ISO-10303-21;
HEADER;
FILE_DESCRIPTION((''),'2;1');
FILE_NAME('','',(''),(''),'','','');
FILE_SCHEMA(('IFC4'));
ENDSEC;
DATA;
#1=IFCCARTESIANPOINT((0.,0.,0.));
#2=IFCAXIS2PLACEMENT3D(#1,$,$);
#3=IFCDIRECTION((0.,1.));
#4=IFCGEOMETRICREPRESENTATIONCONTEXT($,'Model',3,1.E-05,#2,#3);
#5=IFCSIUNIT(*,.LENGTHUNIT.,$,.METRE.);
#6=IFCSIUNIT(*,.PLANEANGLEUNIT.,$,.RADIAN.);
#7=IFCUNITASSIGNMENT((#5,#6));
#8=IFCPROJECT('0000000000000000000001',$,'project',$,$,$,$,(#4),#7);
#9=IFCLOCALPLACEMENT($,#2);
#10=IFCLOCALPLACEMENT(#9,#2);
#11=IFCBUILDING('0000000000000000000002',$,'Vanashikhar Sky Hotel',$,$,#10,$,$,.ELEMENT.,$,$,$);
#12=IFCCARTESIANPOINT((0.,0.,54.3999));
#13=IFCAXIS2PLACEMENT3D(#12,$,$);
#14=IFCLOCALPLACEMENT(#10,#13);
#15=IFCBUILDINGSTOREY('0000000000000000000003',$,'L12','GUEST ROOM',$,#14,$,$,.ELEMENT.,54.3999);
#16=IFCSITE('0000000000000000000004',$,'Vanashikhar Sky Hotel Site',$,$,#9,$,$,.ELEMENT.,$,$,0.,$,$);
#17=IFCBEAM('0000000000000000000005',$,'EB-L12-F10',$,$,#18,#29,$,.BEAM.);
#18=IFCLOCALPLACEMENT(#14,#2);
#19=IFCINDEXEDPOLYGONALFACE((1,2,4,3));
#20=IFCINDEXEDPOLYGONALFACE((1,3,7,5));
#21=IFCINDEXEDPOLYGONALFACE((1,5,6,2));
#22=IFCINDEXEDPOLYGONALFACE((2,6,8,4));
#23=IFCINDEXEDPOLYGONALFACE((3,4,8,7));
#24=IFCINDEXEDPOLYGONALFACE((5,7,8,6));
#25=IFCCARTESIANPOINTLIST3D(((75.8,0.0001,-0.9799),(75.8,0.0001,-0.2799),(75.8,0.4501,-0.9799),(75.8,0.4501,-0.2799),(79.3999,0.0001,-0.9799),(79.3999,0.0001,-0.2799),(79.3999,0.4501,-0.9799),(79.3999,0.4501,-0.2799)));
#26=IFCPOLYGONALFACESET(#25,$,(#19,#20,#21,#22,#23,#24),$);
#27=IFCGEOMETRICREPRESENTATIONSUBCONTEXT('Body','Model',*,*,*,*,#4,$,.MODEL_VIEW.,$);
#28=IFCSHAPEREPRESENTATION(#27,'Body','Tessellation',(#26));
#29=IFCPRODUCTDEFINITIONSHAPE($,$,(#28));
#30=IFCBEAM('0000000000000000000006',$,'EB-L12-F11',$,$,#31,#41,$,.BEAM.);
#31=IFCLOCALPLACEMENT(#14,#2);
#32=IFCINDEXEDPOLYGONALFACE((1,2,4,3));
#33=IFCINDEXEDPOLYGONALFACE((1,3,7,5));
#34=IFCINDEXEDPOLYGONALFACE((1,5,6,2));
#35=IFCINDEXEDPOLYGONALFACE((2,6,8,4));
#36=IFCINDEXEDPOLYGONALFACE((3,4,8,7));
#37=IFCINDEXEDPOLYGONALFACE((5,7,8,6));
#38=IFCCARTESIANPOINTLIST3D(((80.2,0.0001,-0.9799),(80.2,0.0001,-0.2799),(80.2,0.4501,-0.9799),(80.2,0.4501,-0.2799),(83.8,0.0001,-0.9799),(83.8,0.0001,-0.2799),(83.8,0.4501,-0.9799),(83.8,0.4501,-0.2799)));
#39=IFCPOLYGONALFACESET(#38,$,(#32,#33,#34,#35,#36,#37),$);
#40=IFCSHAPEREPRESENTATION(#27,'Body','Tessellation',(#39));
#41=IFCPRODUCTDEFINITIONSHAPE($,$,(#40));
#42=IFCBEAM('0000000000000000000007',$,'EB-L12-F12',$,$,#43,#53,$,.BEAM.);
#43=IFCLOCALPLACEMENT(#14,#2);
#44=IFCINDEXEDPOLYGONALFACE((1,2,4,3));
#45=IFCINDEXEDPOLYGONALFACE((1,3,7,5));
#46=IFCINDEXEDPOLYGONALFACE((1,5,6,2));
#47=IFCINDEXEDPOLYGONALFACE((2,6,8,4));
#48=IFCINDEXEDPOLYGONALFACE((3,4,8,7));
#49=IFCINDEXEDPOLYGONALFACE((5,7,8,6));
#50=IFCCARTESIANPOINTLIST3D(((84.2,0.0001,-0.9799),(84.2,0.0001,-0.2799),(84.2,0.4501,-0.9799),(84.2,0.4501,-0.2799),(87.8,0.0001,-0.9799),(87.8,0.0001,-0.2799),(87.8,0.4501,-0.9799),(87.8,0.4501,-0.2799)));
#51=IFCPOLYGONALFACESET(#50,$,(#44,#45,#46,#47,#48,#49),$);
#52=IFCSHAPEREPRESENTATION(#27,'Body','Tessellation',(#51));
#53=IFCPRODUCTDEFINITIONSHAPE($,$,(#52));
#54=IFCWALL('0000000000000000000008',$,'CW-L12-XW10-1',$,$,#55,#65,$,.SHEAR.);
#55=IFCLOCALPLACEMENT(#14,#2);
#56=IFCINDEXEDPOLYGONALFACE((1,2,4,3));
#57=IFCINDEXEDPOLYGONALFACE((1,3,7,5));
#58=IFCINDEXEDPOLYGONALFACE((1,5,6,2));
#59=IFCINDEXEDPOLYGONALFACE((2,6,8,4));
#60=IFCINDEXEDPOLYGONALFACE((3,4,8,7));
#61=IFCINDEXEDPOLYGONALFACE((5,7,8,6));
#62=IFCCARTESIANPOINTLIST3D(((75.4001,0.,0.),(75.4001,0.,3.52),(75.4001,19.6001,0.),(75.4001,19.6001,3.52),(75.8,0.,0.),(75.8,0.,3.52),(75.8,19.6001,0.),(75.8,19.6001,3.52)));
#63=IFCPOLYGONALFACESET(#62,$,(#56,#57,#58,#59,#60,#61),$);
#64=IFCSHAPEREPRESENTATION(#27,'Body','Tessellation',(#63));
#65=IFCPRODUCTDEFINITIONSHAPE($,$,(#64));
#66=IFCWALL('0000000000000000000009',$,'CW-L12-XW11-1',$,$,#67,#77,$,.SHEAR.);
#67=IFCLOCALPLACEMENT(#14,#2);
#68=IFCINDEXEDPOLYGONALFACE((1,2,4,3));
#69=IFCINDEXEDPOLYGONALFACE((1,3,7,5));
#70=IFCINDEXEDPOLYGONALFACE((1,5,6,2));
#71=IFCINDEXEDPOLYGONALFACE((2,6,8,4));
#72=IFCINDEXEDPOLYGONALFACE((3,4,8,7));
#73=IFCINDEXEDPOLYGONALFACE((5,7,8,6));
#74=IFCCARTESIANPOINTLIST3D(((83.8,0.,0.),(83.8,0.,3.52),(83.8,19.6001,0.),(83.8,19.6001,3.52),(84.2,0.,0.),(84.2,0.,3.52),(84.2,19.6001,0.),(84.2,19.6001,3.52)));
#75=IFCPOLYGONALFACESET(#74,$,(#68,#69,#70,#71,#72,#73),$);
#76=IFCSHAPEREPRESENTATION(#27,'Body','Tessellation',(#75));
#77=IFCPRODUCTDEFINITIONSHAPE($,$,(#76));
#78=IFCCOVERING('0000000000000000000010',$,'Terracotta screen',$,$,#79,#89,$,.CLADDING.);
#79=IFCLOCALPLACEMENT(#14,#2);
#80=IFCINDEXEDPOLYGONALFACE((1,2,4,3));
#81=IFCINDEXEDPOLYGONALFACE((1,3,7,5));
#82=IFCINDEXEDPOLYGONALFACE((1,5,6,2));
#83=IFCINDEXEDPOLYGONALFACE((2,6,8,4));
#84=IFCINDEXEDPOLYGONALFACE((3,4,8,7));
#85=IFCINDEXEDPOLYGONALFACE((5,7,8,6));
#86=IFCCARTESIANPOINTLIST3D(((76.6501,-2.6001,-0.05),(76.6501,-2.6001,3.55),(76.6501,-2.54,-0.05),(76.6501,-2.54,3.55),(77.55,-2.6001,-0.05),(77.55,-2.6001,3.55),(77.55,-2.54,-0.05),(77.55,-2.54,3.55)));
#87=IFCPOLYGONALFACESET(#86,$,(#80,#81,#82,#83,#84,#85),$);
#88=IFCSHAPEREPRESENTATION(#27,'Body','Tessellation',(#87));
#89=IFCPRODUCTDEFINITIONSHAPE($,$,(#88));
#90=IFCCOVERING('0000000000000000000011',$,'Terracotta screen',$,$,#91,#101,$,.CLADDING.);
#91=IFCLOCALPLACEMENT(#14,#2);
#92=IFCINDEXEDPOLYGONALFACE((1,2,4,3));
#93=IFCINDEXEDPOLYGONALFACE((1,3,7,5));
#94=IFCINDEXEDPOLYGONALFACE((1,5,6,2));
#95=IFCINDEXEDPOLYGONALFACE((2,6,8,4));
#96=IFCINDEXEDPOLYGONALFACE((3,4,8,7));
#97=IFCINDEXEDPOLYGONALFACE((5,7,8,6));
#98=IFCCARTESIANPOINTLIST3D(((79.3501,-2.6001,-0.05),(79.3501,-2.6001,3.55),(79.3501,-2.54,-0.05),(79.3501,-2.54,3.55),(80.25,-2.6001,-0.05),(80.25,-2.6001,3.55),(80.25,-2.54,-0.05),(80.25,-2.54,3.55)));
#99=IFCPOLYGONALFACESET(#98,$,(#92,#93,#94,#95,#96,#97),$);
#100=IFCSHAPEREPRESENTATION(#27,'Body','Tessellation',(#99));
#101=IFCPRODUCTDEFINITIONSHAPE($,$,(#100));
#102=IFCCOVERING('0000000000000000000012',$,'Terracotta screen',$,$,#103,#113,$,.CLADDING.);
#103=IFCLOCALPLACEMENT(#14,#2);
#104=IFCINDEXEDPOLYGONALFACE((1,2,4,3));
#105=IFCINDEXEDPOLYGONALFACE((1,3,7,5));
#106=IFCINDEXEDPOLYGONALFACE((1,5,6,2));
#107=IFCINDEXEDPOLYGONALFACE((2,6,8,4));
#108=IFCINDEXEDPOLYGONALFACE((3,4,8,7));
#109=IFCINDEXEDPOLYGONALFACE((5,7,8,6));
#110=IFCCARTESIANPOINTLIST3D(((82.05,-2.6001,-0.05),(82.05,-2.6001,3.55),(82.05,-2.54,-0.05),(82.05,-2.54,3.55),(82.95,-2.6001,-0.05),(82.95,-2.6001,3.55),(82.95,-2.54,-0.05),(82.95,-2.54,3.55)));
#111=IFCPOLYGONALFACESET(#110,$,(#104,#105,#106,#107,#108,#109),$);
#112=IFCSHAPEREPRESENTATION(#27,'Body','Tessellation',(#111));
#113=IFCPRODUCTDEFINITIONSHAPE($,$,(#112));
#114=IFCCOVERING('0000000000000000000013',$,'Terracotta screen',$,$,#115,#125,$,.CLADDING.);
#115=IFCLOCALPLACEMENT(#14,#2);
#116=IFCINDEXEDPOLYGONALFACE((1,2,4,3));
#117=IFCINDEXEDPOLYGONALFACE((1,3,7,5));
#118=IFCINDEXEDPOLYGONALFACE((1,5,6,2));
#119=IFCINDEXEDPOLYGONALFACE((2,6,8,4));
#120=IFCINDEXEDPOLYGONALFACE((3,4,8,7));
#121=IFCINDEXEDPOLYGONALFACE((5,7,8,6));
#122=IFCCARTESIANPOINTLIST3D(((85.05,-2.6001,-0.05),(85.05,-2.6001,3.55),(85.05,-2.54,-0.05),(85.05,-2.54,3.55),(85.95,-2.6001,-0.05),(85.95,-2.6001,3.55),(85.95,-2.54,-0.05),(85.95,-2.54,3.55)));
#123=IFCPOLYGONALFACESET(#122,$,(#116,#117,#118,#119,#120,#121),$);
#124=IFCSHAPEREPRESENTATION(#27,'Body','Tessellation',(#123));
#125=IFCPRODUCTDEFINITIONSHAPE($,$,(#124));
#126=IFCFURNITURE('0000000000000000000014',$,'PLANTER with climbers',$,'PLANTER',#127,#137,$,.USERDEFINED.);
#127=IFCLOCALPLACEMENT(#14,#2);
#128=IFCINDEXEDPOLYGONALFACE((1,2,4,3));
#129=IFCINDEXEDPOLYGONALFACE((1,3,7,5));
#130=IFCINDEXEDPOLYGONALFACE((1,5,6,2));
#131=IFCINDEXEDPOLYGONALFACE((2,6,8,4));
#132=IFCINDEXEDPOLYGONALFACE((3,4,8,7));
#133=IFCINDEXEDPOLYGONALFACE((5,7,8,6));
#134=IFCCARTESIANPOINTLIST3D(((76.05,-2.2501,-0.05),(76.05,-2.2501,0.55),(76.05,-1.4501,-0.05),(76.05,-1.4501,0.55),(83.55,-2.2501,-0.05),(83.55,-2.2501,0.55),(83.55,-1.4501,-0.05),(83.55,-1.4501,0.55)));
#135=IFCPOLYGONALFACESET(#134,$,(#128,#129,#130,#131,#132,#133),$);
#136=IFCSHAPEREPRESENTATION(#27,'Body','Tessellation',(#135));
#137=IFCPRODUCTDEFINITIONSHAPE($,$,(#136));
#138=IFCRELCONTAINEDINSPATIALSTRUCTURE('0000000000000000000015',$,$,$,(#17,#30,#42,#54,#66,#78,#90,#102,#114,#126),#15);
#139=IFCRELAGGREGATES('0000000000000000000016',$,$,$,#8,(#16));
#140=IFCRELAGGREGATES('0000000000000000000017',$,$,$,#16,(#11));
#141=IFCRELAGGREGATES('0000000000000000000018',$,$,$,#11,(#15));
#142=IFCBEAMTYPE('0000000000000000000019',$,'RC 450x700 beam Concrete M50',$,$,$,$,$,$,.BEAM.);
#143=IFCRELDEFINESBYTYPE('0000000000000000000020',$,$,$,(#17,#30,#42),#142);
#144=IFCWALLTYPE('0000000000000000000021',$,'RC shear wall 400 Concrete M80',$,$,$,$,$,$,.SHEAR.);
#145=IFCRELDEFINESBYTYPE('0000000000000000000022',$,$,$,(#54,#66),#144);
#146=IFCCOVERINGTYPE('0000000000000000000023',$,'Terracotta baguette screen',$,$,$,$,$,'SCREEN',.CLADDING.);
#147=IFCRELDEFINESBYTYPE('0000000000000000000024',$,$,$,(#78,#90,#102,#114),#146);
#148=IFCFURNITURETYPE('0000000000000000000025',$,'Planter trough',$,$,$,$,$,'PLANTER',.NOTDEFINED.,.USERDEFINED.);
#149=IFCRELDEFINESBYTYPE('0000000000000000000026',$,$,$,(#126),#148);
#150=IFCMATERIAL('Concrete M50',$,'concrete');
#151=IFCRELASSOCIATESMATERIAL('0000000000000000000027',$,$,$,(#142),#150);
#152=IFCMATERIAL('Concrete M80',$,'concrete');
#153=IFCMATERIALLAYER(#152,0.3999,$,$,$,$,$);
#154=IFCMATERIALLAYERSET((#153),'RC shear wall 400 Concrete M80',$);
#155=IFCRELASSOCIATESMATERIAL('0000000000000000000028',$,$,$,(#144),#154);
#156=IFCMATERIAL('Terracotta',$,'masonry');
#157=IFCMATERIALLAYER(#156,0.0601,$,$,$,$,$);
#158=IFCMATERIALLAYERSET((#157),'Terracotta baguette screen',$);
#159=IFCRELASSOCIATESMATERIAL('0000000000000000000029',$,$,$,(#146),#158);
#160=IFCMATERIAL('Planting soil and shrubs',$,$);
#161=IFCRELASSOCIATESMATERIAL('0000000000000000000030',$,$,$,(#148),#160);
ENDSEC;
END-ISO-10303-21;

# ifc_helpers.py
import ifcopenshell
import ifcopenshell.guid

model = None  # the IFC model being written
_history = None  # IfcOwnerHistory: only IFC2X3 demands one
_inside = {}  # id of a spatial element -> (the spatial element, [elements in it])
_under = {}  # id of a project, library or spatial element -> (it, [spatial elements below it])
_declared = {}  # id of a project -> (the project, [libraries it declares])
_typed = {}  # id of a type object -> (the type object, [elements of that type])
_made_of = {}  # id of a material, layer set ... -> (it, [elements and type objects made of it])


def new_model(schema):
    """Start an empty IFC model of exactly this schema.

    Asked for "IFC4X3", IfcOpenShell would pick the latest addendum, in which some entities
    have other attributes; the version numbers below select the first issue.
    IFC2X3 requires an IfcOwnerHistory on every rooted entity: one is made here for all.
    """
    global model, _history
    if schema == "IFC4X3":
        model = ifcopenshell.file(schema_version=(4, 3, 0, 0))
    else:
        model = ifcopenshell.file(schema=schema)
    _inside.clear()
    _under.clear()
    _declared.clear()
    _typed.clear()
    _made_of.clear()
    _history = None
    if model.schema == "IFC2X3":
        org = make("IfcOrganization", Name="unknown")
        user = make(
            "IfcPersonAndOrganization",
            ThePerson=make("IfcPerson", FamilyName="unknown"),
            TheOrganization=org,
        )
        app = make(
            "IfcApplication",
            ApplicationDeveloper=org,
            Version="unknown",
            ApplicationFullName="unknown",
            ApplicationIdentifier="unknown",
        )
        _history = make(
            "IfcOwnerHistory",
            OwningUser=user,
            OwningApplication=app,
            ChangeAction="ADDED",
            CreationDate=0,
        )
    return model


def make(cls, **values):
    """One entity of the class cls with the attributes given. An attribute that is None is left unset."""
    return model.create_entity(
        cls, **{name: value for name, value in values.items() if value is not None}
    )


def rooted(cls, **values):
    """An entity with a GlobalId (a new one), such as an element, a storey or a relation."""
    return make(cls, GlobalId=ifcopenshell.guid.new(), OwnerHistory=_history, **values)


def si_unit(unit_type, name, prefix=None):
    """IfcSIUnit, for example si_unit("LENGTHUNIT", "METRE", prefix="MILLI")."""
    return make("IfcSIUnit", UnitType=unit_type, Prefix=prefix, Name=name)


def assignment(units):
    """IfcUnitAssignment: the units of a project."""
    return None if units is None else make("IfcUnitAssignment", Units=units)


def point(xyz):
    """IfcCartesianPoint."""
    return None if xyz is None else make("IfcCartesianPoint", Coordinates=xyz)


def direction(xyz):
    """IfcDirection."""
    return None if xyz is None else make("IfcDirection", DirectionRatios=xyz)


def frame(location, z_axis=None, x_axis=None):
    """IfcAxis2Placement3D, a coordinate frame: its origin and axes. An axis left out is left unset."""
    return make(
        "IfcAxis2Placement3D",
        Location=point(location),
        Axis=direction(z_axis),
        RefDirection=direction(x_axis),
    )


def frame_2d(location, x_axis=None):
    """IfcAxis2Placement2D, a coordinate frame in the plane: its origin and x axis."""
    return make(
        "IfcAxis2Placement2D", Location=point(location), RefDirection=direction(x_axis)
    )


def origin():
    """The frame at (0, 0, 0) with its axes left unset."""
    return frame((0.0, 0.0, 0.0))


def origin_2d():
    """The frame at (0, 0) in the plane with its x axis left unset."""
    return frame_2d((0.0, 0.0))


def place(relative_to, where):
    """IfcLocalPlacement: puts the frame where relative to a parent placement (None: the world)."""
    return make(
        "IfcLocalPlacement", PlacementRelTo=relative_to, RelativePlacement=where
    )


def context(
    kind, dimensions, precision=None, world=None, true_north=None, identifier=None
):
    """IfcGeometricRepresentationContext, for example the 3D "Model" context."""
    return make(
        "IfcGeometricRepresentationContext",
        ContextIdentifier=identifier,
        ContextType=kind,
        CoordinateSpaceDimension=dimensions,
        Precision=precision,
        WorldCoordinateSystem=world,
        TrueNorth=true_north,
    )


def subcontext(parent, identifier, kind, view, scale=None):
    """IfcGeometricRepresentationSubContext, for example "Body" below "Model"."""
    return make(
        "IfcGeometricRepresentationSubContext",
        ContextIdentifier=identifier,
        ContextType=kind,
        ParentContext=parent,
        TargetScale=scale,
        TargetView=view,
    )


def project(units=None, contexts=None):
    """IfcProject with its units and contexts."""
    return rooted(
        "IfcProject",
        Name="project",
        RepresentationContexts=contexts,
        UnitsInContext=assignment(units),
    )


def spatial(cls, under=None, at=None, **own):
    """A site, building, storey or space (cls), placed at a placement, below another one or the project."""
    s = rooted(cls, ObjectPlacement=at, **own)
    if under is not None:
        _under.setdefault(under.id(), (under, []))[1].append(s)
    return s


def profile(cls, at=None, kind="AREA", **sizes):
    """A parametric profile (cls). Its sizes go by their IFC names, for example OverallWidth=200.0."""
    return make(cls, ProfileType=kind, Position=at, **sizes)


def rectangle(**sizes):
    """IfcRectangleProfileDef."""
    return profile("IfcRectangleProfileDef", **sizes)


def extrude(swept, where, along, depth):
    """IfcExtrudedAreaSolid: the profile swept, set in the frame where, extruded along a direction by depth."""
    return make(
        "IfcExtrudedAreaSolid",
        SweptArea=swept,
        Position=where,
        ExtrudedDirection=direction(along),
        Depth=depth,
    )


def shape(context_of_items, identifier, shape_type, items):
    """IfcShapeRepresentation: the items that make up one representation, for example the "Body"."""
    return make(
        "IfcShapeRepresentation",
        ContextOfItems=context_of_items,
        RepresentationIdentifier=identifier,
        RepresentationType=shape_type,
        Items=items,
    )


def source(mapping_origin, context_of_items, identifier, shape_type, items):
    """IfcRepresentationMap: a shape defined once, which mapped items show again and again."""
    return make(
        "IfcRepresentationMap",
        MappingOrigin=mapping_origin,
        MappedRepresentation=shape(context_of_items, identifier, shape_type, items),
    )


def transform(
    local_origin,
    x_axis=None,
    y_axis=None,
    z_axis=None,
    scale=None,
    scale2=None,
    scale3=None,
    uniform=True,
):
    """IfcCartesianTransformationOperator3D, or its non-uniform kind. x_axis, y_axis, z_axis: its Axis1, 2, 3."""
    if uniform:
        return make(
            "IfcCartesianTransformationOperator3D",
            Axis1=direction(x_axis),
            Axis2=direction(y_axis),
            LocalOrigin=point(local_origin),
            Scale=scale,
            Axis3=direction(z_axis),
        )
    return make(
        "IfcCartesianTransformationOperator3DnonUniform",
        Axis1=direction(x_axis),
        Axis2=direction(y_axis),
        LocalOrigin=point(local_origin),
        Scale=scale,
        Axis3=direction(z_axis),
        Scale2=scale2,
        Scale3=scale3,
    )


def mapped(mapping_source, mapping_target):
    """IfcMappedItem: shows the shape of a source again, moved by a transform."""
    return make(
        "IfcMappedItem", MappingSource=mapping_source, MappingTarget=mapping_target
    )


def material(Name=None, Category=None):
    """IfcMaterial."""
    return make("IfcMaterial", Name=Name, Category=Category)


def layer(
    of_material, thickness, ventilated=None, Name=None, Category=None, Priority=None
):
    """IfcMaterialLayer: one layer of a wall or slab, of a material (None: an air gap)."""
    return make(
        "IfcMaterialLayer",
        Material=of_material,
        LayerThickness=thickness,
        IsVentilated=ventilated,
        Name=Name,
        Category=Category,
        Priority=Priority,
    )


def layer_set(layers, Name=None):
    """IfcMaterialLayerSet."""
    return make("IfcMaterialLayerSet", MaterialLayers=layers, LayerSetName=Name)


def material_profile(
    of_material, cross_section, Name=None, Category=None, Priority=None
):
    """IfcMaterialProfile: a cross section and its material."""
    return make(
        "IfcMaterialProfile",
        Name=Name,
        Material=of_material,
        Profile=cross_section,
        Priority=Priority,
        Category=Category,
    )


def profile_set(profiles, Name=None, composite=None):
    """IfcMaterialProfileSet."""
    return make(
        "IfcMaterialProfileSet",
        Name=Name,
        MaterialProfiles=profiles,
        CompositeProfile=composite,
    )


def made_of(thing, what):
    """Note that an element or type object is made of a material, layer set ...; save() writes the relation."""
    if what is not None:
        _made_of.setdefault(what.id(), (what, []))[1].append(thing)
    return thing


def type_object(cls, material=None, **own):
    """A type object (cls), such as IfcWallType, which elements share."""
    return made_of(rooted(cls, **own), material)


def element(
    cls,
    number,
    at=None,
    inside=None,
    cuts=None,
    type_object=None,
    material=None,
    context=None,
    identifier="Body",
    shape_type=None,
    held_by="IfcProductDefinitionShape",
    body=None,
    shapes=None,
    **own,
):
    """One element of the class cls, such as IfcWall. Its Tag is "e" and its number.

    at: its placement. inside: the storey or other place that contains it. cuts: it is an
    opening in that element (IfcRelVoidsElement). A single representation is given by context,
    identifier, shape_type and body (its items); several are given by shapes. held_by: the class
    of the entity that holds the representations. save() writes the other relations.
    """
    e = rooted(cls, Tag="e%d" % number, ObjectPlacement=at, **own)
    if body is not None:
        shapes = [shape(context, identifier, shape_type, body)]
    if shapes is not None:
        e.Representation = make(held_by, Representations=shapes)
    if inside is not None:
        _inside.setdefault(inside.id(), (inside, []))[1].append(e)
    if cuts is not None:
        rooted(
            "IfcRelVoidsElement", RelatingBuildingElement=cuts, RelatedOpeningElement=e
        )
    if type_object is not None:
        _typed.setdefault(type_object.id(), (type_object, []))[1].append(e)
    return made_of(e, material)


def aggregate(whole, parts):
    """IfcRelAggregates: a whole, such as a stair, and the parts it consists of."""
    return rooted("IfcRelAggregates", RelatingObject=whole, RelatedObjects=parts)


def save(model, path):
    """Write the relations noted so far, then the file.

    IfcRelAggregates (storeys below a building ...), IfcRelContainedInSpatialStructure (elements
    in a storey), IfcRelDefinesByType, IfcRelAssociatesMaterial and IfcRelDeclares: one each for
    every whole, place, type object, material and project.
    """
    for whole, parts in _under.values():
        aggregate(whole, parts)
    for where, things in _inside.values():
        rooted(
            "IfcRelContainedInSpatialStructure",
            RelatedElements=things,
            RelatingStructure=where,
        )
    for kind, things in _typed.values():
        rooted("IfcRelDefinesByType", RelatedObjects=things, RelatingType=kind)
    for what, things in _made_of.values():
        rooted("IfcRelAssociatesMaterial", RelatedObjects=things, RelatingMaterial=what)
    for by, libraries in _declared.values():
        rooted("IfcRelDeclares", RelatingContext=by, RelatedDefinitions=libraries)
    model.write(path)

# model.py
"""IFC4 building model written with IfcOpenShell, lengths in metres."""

from ifc_helpers import new_model, si_unit, direction, frame, frame_2d, origin, origin_2d, place, context, subcontext, project, spatial, rectangle, extrude, source, transform, mapped, material, layer, layer_set, material_profile, profile_set, type_object, element, save


model = new_model("IFC4")

# Units and contexts
model_context = context("Model", 3, precision=1e-05, world=origin(), true_north=direction((0.0, 1.0)))
body_context = subcontext(model_context, "Body", "Model", "MODEL_VIEW")
ifc_project = project(units=[si_unit("LENGTHUNIT", "METRE"), si_unit("PLANEANGLEUNIT", "RADIAN")], contexts=[model_context])

# Site, building, storey
site_placement = place(None, origin())
site = spatial("IfcSite", under=ifc_project, at=site_placement, Name="Vanashikhar Sky Hotel Site", CompositionType="ELEMENT", RefElevation=0.0)
building_placement = place(site_placement, origin())
building = spatial("IfcBuilding", under=site, at=building_placement, Name="Vanashikhar Sky Hotel", CompositionType="ELEMENT")
storey_placement = place(building_placement, frame((0.0, 0.0, 54.3999)))
storey = spatial("IfcBuildingStorey", under=building, at=storey_placement, Name="L12", Description="GUEST ROOM", CompositionType="ELEMENT", Elevation=54.3999)

# Beams
ifc_material_1 = material(Name="Concrete M50", Category="concrete")
ifc_material_profile = material_profile(ifc_material_1, rectangle(XDim=0.45, YDim=0.7, at=origin_2d()))
ifc_profile_set = profile_set([ifc_material_profile], Name="RC 450x700 beam Concrete M50")
beam_type = type_object("IfcBeamType", Name="RC 450x700 beam Concrete M50", PredefinedType="BEAM", material=ifc_profile_set)
shared_shape_1 = source(origin(), body_context, "Body", "SweptSolid", [
    extrude(rectangle(XDim=0.45, YDim=0.7, at=origin_2d()), origin(), (0.0, 0.0, 1.0), 3.5999),
])
beam_placement = place(storey_placement, frame((75.8, 0.2251, -0.6299), z_axis=(1.0, 0.0, 0.0), x_axis=(0.0, 1.0, 0.0)))
element("IfcBeam", 1, at=beam_placement, inside=storey, type_object=beam_type, Name="EB-L12-F10", PredefinedType="BEAM", context=body_context, shape_type="MappedRepresentation", body=[
    mapped(shared_shape_1, transform((0.0, 0.0, 0.0), scale=1.0)),
])
shared_shape_2 = source(origin(), body_context, "Body", "SweptSolid", [
    extrude(rectangle(XDim=0.45, YDim=0.7, at=origin_2d()), origin(), (0.0, 0.0, 1.0), 3.6001),
])
for number, where, z_axis, x_axis, name in (
    (2, (80.2, 0.2251, -0.6299), (1.0, 0.0, 0.0), (0.0, 1.0, 0.0), "EB-L12-F11"),
    (3, (84.2, 0.2251, -0.6299), (1.0, 0.0, 0.0), (0.0, 1.0, 0.0), "EB-L12-F12"),
):
    element("IfcBeam", number, at=place(storey_placement, frame(where, z_axis=z_axis, x_axis=x_axis)), inside=storey, type_object=beam_type, Name=name, PredefinedType="BEAM", context=body_context, shape_type="MappedRepresentation", body=[
        mapped(shared_shape_2, transform((0.0, 0.0, 0.0), scale=1.0)),
    ])

# Walls
ifc_material_2 = material(Name="Concrete M80", Category="concrete")
ifc_layer_1 = layer(ifc_material_2, 0.3999)
ifc_layer_set_1 = layer_set([ifc_layer_1], Name="RC shear wall 400 Concrete M80")
wall_type_1 = type_object("IfcWallType", Name="RC shear wall 400 Concrete M80", PredefinedType="SHEAR", material=ifc_layer_set_1)
shared_shape_3 = source(origin(), body_context, "Body", "SweptSolid", [
    extrude(rectangle(XDim=19.6001, YDim=0.3999, at=frame_2d((9.8, 0.0))), origin(), (0.0, 0.0, 1.0), 3.52),
])
for number, where, z_axis, x_axis, name in (
    (4, (75.6001, 0.0, 0.0), (0.0, 0.0, 1.0), (0.0, 1.0, 0.0), "CW-L12-XW10-1"),
    (5, (84.0, 0.0, 0.0), (0.0, 0.0, 1.0), (0.0, 1.0, 0.0), "CW-L12-XW11-1"),
):
    element("IfcWall", number, at=place(storey_placement, frame(where, z_axis=z_axis, x_axis=x_axis)), inside=storey, type_object=wall_type_1, Name=name, PredefinedType="SHEAR", context=body_context, shape_type="MappedRepresentation", body=[
        mapped(shared_shape_3, transform((0.0, 0.0, 0.0), scale=1.0)),
    ])

# Coverings
ifc_material_3 = material(Name="Terracotta", Category="masonry")
ifc_layer_2 = layer(ifc_material_3, 0.0601)
ifc_layer_set_2 = layer_set([ifc_layer_2], Name="Terracotta baguette screen")
covering_type = type_object("IfcCoveringType", Name="Terracotta baguette screen", ElementType="SCREEN", PredefinedType="CLADDING", material=ifc_layer_set_2)
shared_shape_4 = source(origin(), body_context, "Body", "SweptSolid", [
    extrude(rectangle(XDim=0.8999, YDim=0.0601, at=origin_2d()), origin(), (0.0, 0.0, 1.0), 3.6001),
])
for number, where, z_axis, x_axis, name in (
    (6, (77.1001, -2.5701, -0.05), (0.0, 0.0, 1.0), (1.0, 0.0, 0.0), "Terracotta screen"),
    (7, (79.8, -2.5701, -0.05), (0.0, 0.0, 1.0), (1.0, 0.0, 0.0), "Terracotta screen"),
    (8, (82.5, -2.5701, -0.05), (0.0, 0.0, 1.0), (1.0, 0.0, 0.0), "Terracotta screen"),
    (9, (85.5, -2.5701, -0.05), (0.0, 0.0, 1.0), (1.0, 0.0, 0.0), "Terracotta screen"),
):
    element("IfcCovering", number, at=place(storey_placement, frame(where, z_axis=z_axis, x_axis=x_axis)), inside=storey, type_object=covering_type, Name=name, PredefinedType="CLADDING", context=body_context, shape_type="MappedRepresentation", body=[
        mapped(shared_shape_4, transform((0.0, 0.0, 0.0), scale=1.0)),
    ])

# Furniture
ifc_material_4 = material(Name="Planting soil and shrubs")
furniture_type = type_object("IfcFurnitureType", Name="Planter trough", ElementType="PLANTER", AssemblyPlace="NOTDEFINED", PredefinedType="USERDEFINED", material=ifc_material_4)
shared_shape_5 = source(origin(), body_context, "Body", "SweptSolid", [
    extrude(rectangle(XDim=7.5, YDim=0.8, at=origin_2d()), origin(), (0.0, 0.0, 1.0), 0.6001),
])
furniture_placement = place(storey_placement, frame((79.8, -1.8501, -0.05), z_axis=(0.0, 0.0, 1.0), x_axis=(1.0, 0.0, 0.0)))
element("IfcFurniture", 10, at=furniture_placement, inside=storey, type_object=furniture_type, Name="PLANTER with climbers", ObjectType="PLANTER", PredefinedType="USERDEFINED", context=body_context, shape_type="MappedRepresentation", body=[
    mapped(shared_shape_5, transform((0.0, 0.0, 0.0), scale=1.0)),
])

save(model, "model.ifc")
